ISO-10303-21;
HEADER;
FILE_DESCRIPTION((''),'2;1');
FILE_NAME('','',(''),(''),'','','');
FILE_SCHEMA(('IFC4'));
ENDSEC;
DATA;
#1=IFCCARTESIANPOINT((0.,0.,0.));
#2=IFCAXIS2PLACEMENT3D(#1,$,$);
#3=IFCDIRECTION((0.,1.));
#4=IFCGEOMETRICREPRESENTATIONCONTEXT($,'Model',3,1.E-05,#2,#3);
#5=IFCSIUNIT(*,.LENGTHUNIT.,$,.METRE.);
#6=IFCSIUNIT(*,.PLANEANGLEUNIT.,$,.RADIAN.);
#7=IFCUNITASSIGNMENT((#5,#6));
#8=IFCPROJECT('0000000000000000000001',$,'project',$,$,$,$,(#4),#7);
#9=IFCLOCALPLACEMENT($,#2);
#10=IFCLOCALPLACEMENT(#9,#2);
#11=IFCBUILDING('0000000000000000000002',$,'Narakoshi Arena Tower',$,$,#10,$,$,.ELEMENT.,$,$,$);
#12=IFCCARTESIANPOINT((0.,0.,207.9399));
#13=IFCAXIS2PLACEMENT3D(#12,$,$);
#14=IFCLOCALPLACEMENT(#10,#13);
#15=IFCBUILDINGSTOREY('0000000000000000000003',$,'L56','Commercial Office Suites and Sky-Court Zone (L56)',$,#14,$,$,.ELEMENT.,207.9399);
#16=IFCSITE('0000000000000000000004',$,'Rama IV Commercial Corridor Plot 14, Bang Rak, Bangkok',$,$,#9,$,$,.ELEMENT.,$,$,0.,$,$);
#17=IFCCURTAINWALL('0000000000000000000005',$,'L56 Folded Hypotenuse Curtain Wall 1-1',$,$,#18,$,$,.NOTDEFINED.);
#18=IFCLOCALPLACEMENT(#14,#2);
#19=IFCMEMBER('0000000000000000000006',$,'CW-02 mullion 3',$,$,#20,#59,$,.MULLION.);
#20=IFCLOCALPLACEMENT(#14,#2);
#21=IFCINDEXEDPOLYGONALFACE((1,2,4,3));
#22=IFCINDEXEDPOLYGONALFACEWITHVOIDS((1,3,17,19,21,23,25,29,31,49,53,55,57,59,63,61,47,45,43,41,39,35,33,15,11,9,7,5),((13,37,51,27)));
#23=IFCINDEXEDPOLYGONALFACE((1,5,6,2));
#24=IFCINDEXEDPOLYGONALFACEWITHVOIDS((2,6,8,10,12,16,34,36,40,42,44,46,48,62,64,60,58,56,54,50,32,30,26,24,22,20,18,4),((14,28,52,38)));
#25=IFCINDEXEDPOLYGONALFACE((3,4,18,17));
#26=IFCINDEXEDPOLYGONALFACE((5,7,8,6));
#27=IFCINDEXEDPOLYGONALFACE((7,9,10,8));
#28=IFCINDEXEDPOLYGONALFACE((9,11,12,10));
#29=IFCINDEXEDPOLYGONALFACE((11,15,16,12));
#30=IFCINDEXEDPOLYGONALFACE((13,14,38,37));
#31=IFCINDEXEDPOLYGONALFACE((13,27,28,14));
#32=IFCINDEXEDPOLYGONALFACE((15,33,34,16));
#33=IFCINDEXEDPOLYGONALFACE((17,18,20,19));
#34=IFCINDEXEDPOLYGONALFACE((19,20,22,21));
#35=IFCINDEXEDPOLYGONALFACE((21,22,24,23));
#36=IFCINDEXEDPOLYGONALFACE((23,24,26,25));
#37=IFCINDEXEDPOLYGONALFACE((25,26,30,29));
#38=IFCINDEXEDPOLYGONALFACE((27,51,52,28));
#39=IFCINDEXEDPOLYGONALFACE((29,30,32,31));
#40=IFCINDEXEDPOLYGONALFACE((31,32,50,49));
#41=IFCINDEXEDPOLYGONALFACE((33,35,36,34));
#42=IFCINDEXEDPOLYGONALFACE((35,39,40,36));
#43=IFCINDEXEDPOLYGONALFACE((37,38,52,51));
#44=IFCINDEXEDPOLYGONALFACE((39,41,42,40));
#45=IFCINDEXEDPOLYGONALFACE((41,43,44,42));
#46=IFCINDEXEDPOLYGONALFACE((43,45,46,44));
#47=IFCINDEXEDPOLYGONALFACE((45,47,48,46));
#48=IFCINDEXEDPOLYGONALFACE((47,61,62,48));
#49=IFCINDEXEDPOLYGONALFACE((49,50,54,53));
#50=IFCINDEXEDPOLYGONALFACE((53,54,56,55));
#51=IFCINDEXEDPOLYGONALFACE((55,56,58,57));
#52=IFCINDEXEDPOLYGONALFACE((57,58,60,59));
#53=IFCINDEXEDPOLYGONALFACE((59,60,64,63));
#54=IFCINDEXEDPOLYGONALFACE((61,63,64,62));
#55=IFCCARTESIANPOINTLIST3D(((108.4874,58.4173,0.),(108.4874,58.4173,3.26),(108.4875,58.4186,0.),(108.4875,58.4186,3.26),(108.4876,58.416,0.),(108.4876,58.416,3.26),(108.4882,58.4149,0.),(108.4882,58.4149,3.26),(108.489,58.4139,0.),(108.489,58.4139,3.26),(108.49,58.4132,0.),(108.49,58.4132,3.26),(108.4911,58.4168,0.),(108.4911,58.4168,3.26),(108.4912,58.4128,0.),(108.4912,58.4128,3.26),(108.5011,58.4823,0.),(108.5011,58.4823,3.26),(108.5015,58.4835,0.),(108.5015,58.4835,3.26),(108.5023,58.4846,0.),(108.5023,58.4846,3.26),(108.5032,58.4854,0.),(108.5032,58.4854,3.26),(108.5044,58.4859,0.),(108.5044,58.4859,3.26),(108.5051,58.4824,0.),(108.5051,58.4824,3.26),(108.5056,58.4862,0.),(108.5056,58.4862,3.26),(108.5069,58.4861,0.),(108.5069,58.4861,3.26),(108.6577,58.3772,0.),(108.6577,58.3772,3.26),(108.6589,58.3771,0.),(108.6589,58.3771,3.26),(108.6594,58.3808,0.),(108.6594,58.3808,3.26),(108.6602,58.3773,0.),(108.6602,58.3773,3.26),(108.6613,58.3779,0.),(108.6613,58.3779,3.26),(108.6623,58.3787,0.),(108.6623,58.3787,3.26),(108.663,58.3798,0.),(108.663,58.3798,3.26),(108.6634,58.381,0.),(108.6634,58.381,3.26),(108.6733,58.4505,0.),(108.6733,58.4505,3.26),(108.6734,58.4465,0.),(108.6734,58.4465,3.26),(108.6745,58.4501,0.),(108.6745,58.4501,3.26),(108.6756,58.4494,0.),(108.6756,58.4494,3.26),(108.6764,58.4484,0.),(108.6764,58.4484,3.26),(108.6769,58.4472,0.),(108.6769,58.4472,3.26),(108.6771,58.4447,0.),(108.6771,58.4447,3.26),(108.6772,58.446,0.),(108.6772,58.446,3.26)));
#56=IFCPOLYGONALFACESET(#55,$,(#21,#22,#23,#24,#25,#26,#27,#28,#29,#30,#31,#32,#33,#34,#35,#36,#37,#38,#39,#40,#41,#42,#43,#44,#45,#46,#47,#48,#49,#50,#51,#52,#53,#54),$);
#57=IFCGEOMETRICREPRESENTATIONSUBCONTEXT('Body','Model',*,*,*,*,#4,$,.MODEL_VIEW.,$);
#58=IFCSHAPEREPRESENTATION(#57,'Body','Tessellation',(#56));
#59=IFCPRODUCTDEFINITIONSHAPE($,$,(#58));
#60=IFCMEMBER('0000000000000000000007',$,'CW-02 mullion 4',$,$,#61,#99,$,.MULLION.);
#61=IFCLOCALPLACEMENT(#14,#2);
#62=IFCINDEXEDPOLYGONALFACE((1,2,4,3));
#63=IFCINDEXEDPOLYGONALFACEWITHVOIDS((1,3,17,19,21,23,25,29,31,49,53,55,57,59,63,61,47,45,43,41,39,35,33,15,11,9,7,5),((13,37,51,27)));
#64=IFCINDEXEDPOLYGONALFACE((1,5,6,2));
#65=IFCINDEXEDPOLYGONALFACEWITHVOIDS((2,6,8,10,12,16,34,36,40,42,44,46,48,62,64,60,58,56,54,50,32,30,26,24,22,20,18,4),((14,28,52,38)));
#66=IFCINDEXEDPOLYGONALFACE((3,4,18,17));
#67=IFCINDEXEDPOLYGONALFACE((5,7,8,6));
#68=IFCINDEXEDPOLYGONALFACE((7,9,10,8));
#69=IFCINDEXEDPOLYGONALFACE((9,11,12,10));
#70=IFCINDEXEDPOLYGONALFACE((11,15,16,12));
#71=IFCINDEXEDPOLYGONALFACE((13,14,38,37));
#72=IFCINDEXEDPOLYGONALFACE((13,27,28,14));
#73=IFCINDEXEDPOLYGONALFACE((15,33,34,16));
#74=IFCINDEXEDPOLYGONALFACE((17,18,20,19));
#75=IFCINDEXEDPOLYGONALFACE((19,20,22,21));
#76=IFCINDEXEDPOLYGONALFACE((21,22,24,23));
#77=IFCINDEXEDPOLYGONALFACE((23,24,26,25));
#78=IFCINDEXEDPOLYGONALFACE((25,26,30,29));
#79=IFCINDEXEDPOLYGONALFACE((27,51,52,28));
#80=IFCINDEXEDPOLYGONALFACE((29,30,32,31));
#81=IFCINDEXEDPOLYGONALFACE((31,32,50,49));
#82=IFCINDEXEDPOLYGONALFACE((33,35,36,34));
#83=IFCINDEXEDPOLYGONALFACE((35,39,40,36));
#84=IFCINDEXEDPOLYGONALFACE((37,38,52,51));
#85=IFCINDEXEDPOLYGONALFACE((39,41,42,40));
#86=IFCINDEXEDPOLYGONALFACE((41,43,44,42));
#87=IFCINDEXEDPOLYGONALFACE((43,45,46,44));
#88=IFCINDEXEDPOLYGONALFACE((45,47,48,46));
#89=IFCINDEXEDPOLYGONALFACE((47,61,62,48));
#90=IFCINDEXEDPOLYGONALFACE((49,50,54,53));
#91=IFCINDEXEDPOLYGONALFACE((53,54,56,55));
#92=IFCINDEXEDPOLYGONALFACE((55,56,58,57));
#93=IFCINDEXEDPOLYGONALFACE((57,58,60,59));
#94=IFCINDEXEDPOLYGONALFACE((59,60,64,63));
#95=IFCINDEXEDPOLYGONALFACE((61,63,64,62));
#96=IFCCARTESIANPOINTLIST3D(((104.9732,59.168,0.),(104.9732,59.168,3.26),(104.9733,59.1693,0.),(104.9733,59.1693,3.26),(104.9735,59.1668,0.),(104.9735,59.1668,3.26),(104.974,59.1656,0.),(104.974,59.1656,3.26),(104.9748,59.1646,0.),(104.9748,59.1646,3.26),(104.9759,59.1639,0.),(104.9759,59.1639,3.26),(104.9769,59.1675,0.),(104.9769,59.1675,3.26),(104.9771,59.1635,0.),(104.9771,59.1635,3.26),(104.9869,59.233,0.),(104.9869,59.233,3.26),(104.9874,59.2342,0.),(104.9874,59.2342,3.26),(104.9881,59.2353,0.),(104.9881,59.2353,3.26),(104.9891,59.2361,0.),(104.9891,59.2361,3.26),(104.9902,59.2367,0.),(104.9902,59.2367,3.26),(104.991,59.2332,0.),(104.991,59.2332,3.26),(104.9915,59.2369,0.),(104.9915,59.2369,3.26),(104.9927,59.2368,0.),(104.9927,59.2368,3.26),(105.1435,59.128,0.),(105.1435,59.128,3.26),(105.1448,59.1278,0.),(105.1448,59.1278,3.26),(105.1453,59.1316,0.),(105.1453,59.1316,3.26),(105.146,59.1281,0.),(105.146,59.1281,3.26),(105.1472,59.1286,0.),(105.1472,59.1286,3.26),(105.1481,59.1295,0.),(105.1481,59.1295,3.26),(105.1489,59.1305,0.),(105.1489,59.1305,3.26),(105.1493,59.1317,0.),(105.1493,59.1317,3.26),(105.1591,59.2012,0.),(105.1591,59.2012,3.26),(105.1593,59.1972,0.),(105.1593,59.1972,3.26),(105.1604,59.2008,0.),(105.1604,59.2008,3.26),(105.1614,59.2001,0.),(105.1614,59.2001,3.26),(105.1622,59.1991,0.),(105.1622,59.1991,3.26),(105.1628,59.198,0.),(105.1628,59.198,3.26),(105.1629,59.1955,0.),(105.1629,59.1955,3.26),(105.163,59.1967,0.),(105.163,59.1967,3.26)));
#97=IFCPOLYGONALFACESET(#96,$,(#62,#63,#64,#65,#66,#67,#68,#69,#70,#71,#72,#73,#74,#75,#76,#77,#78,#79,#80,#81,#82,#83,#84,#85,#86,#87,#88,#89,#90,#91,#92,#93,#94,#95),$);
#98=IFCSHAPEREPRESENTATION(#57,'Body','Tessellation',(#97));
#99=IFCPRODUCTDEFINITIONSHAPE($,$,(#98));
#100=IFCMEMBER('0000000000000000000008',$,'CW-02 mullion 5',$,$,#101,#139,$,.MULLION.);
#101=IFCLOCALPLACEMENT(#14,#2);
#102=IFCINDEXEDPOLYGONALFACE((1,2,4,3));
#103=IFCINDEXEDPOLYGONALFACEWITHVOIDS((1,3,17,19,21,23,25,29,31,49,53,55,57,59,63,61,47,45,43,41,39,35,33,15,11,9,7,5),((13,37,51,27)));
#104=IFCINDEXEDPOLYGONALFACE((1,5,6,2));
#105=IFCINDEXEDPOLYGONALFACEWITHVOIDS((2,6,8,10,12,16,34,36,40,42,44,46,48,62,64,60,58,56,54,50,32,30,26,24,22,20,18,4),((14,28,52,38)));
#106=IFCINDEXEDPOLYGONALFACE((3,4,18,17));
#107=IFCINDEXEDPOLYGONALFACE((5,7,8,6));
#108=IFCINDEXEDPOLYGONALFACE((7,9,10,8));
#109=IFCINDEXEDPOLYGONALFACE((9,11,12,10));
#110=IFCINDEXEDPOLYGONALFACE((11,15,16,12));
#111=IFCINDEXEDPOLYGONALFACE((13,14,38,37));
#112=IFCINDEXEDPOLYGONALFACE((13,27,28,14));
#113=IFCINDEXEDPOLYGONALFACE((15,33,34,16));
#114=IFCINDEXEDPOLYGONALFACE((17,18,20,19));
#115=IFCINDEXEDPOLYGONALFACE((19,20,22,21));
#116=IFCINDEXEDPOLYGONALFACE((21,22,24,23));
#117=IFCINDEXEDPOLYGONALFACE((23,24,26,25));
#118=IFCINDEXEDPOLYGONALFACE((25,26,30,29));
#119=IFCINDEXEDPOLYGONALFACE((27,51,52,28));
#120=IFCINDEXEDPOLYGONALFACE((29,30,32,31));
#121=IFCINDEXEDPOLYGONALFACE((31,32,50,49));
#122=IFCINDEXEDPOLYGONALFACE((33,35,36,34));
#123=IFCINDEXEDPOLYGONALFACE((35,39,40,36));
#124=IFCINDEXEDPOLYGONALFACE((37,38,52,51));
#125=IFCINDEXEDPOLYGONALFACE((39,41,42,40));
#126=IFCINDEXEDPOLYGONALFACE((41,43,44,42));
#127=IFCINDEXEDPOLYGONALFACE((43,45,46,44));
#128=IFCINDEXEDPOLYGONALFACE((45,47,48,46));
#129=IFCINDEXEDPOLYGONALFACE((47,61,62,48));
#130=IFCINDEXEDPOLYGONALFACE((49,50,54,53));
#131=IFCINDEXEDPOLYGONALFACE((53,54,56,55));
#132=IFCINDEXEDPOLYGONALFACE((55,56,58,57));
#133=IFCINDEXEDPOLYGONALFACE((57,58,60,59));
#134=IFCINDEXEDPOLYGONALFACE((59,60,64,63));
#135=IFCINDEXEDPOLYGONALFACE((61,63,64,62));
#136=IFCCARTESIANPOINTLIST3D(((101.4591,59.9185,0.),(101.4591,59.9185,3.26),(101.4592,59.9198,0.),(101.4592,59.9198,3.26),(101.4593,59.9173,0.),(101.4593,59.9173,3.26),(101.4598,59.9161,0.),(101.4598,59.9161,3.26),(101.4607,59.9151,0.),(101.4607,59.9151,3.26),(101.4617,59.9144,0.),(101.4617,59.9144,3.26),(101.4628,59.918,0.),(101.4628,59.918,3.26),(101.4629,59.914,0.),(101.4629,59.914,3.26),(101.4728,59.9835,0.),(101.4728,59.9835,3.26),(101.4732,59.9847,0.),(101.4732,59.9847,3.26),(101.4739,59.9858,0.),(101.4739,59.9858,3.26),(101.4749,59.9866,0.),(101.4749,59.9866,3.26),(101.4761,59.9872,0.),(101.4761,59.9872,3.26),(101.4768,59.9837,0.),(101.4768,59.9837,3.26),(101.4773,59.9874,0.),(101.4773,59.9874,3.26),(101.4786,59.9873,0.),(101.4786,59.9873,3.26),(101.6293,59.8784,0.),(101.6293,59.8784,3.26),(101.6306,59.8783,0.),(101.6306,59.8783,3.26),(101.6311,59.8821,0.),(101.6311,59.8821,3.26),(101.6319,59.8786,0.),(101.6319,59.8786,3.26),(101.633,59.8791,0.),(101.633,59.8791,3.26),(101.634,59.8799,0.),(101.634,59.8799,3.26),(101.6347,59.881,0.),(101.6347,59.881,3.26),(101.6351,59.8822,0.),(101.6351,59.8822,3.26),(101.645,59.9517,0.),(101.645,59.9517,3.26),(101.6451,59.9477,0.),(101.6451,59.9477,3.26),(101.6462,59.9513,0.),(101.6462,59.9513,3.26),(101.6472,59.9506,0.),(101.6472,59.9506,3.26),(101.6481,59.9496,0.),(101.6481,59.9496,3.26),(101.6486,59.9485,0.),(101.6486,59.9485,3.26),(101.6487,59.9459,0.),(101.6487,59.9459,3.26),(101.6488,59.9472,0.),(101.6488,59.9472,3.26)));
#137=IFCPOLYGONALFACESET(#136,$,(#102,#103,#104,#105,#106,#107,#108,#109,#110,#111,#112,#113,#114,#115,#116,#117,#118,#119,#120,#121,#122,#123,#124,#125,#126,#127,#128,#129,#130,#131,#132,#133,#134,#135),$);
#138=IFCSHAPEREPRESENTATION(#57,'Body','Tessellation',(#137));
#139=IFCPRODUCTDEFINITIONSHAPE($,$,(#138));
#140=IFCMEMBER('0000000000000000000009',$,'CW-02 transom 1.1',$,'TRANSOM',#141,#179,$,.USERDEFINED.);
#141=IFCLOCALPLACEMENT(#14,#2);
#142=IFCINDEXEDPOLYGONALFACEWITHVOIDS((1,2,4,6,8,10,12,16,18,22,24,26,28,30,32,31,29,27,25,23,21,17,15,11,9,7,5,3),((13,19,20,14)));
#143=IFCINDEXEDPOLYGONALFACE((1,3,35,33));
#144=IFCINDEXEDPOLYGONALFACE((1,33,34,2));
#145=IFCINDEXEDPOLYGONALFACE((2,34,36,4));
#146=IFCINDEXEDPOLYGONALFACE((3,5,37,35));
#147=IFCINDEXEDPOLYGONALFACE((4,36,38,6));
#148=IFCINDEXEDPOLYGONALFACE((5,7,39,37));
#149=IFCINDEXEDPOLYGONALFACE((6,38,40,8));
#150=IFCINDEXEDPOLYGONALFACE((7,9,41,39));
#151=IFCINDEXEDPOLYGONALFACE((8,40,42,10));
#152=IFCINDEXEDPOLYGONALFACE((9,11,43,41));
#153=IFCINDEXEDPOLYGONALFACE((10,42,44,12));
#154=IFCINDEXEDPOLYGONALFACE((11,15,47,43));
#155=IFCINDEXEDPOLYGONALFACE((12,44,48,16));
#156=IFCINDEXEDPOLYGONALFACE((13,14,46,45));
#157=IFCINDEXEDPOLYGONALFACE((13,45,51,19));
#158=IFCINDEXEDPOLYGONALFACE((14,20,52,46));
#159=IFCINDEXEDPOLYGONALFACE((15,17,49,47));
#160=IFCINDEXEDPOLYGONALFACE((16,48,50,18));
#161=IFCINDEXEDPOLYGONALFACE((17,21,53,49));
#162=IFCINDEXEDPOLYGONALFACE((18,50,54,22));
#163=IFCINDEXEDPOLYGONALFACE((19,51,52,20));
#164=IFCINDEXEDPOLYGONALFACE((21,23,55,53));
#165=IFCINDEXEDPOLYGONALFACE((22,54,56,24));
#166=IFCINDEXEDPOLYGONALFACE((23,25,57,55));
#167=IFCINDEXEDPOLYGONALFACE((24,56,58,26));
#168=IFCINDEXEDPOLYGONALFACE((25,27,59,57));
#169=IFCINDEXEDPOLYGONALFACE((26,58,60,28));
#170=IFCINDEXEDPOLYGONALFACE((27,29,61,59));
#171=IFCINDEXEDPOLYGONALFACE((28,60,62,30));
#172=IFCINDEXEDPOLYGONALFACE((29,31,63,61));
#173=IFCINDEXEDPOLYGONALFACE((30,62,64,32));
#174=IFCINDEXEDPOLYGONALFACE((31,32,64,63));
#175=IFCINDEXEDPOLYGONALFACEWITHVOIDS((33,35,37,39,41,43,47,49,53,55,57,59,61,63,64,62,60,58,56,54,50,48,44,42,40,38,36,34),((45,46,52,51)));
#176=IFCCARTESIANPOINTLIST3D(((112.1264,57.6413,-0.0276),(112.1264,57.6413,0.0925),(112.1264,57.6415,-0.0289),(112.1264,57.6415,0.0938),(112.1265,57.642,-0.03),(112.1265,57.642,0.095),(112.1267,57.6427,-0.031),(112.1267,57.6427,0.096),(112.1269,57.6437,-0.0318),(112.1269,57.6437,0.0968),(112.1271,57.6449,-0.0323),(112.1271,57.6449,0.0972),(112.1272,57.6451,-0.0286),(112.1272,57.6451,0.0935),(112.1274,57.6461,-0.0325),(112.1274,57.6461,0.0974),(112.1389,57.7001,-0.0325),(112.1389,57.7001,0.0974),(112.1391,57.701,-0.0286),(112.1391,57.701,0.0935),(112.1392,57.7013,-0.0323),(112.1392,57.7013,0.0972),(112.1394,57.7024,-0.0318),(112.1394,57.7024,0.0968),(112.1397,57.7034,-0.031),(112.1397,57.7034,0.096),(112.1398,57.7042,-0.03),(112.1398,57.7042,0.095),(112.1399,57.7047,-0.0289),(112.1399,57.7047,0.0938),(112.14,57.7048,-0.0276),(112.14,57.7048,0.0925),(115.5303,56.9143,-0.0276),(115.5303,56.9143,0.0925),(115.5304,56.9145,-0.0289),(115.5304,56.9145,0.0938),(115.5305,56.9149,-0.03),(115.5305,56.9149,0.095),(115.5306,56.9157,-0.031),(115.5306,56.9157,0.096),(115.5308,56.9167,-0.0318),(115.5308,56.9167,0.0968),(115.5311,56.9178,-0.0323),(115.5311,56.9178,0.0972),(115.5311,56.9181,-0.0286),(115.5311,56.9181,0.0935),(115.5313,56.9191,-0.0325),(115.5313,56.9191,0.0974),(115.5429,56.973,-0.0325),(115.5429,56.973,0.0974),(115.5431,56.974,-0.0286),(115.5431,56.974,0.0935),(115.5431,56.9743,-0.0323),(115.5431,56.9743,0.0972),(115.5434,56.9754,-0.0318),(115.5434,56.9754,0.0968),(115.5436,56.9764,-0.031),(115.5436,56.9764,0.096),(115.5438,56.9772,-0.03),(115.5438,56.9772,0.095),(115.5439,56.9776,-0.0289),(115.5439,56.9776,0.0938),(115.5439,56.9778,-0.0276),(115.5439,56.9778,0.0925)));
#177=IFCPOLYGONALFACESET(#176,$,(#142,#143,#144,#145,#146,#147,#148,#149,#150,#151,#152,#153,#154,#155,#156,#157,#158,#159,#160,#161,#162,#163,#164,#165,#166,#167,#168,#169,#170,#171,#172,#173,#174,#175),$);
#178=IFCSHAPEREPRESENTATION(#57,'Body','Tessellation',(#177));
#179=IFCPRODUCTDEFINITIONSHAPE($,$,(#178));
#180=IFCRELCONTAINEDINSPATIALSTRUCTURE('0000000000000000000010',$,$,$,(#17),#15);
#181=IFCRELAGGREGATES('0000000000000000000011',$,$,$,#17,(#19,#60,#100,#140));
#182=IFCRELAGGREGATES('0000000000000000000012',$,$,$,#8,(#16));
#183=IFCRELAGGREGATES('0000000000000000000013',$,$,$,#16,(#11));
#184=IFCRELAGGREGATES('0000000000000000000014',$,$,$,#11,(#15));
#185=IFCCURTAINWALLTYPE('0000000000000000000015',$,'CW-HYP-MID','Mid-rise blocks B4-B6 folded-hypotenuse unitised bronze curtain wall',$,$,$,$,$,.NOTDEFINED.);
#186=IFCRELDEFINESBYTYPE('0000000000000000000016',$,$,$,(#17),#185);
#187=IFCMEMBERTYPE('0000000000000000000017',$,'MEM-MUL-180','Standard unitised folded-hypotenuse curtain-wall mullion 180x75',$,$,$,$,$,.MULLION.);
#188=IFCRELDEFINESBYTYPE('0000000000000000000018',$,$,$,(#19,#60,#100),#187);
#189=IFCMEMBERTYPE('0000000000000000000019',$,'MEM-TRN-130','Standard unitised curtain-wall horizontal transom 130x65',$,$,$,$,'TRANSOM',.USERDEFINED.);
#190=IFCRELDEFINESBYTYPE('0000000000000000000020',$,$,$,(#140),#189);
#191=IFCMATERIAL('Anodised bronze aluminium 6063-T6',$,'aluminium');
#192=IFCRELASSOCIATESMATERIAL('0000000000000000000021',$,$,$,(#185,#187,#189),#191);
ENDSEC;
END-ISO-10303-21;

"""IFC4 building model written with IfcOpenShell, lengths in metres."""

from ifc_helpers import new_model, si_unit, direction, frame, origin, origin_2d, place, context, subcontext, project, spatial, hollow_rectangle, extrude, material, material_profile, profile_set, type_object, element, aggregate, save


model = new_model("IFC4")

# Units and contexts
model_context = context("Model", 3, precision=1e-05, world=origin(), true_north=direction((0.0, 1.0)))
body_context = subcontext(model_context, "Body", "Model", "MODEL_VIEW")
ifc_project = project(units=[si_unit("LENGTHUNIT", "METRE"), si_unit("PLANEANGLEUNIT", "RADIAN")], contexts=[model_context])

# Site, building, storey
site_placement = place(None, origin())
site = spatial("IfcSite", under=ifc_project, at=site_placement, Name="Rama IV Commercial Corridor Plot 14, Bang Rak, Bangkok", CompositionType="ELEMENT", RefElevation=0.0)
building_placement = place(site_placement, origin())
building = spatial("IfcBuilding", under=site, at=building_placement, Name="Narakoshi Arena Tower", CompositionType="ELEMENT")
storey_placement = place(building_placement, frame((0.0, 0.0, 207.9399)))
storey = spatial("IfcBuildingStorey", under=building, at=storey_placement, Name="L56", Description="Commercial Office Suites and Sky-Court Zone (L56)", CompositionType="ELEMENT", Elevation=207.9399)

# Curtain wall, members
ifc_material_1 = material(Name="Anodised bronze aluminium 6063-T6", Category="aluminium")
curtain_wall_type = type_object("IfcCurtainWallType", Name="CW-HYP-MID", Description="Mid-rise blocks B4-B6 folded-hypotenuse unitised bronze curtain wall", PredefinedType="NOTDEFINED", material=ifc_material_1)
curtain_wall_placement = place(storey_placement, origin())
curtain_wall = element("IfcCurtainWall", 1, at=curtain_wall_placement, inside=storey, type_object=curtain_wall_type, Name="L56 Folded Hypotenuse Curtain Wall 1-1", PredefinedType="NOTDEFINED")
ifc_material_profile_1 = material_profile(ifc_material_1, hollow_rectangle(XDim=0.075, YDim=0.1799, WallThickness=0.0039, OuterFilletRadius=0.0049, at=origin_2d()), Name="MUL180x75x4")
ifc_profile_set_1 = profile_set([ifc_material_profile_1], Name="Anodised bronze aluminium 6063-T6")
member_type_1 = type_object("IfcMemberType", Name="MEM-MUL-180", Description="Standard unitised folded-hypotenuse curtain-wall mullion 180x75", PredefinedType="MULLION", material=ifc_profile_set_1)
member_1_placement = place(storey_placement, frame((108.5823, 58.4316, 0.0), z_axis=(0.0, 0.0, 1.0), x_axis=(-0.208899, -0.977937, 0.0)))
member_1 = element("IfcMember", 2, at=member_1_placement, type_object=member_type_1, Name="CW-02 mullion 3", PredefinedType="MULLION", context=body_context, shape_type="SweptSolid", body=[
    extrude(hollow_rectangle(XDim=0.075, YDim=0.1799, WallThickness=0.0039, OuterFilletRadius=0.0049, at=origin_2d()), origin(), (0.0, 0.0, 1.0), 3.26),
])
member_2_placement = place(storey_placement, frame((105.0681, 59.1824, 0.0), z_axis=(0.0, 0.0, 1.0), x_axis=(-0.208899, -0.977937, 0.0)))
member_2 = element("IfcMember", 3, at=member_2_placement, type_object=member_type_1, Name="CW-02 mullion 4", PredefinedType="MULLION", context=body_context, shape_type="SweptSolid", body=[
    extrude(hollow_rectangle(XDim=0.075, YDim=0.1799, WallThickness=0.0039, OuterFilletRadius=0.0049, at=origin_2d()), origin(), (0.0, 0.0, 1.0), 3.26),
])
member_3_placement = place(storey_placement, frame((101.554, 59.9329, 0.0), z_axis=(0.0, 0.0, 1.0), x_axis=(-0.208899, -0.977937, 0.0)))
member_3 = element("IfcMember", 4, at=member_3_placement, type_object=member_type_1, Name="CW-02 mullion 5", PredefinedType="MULLION", context=body_context, shape_type="SweptSolid", body=[
    extrude(hollow_rectangle(XDim=0.075, YDim=0.1799, WallThickness=0.0039, OuterFilletRadius=0.0049, at=origin_2d()), origin(), (0.0, 0.0, 1.0), 3.26),
])
ifc_material_profile_2 = material_profile(ifc_material_1, hollow_rectangle(XDim=0.0649, YDim=0.1299, WallThickness=0.0039, OuterFilletRadius=0.0049, at=origin_2d()), Name="TRN130x65x4")
ifc_profile_set_2 = profile_set([ifc_material_profile_2], Name="Anodised bronze aluminium 6063-T6")
member_type_2 = type_object("IfcMemberType", Name="MEM-TRN-130", Description="Standard unitised curtain-wall horizontal transom 130x65", ElementType="TRANSOM", PredefinedType="USERDEFINED", material=ifc_profile_set_2)
member_4_placement = place(storey_placement, frame((115.5371, 56.946, 0.0325), z_axis=(-0.977943, 0.208873, 0.0), x_axis=(-0.208873, -0.977943, 0.0)))
member_4 = element("IfcMember", 5, at=member_4_placement, type_object=member_type_2, Name="CW-02 transom 1.1", ObjectType="TRANSOM", PredefinedType="USERDEFINED", context=body_context, shape_type="SweptSolid", body=[
    extrude(hollow_rectangle(XDim=0.0649, YDim=0.1299, WallThickness=0.0039, OuterFilletRadius=0.0049, at=origin_2d()), origin(), (0.0, 0.0, 1.0), 3.4807),
])
aggregate(curtain_wall, [member_1, member_2, member_3, member_4])

save(model, "model.ifc")
